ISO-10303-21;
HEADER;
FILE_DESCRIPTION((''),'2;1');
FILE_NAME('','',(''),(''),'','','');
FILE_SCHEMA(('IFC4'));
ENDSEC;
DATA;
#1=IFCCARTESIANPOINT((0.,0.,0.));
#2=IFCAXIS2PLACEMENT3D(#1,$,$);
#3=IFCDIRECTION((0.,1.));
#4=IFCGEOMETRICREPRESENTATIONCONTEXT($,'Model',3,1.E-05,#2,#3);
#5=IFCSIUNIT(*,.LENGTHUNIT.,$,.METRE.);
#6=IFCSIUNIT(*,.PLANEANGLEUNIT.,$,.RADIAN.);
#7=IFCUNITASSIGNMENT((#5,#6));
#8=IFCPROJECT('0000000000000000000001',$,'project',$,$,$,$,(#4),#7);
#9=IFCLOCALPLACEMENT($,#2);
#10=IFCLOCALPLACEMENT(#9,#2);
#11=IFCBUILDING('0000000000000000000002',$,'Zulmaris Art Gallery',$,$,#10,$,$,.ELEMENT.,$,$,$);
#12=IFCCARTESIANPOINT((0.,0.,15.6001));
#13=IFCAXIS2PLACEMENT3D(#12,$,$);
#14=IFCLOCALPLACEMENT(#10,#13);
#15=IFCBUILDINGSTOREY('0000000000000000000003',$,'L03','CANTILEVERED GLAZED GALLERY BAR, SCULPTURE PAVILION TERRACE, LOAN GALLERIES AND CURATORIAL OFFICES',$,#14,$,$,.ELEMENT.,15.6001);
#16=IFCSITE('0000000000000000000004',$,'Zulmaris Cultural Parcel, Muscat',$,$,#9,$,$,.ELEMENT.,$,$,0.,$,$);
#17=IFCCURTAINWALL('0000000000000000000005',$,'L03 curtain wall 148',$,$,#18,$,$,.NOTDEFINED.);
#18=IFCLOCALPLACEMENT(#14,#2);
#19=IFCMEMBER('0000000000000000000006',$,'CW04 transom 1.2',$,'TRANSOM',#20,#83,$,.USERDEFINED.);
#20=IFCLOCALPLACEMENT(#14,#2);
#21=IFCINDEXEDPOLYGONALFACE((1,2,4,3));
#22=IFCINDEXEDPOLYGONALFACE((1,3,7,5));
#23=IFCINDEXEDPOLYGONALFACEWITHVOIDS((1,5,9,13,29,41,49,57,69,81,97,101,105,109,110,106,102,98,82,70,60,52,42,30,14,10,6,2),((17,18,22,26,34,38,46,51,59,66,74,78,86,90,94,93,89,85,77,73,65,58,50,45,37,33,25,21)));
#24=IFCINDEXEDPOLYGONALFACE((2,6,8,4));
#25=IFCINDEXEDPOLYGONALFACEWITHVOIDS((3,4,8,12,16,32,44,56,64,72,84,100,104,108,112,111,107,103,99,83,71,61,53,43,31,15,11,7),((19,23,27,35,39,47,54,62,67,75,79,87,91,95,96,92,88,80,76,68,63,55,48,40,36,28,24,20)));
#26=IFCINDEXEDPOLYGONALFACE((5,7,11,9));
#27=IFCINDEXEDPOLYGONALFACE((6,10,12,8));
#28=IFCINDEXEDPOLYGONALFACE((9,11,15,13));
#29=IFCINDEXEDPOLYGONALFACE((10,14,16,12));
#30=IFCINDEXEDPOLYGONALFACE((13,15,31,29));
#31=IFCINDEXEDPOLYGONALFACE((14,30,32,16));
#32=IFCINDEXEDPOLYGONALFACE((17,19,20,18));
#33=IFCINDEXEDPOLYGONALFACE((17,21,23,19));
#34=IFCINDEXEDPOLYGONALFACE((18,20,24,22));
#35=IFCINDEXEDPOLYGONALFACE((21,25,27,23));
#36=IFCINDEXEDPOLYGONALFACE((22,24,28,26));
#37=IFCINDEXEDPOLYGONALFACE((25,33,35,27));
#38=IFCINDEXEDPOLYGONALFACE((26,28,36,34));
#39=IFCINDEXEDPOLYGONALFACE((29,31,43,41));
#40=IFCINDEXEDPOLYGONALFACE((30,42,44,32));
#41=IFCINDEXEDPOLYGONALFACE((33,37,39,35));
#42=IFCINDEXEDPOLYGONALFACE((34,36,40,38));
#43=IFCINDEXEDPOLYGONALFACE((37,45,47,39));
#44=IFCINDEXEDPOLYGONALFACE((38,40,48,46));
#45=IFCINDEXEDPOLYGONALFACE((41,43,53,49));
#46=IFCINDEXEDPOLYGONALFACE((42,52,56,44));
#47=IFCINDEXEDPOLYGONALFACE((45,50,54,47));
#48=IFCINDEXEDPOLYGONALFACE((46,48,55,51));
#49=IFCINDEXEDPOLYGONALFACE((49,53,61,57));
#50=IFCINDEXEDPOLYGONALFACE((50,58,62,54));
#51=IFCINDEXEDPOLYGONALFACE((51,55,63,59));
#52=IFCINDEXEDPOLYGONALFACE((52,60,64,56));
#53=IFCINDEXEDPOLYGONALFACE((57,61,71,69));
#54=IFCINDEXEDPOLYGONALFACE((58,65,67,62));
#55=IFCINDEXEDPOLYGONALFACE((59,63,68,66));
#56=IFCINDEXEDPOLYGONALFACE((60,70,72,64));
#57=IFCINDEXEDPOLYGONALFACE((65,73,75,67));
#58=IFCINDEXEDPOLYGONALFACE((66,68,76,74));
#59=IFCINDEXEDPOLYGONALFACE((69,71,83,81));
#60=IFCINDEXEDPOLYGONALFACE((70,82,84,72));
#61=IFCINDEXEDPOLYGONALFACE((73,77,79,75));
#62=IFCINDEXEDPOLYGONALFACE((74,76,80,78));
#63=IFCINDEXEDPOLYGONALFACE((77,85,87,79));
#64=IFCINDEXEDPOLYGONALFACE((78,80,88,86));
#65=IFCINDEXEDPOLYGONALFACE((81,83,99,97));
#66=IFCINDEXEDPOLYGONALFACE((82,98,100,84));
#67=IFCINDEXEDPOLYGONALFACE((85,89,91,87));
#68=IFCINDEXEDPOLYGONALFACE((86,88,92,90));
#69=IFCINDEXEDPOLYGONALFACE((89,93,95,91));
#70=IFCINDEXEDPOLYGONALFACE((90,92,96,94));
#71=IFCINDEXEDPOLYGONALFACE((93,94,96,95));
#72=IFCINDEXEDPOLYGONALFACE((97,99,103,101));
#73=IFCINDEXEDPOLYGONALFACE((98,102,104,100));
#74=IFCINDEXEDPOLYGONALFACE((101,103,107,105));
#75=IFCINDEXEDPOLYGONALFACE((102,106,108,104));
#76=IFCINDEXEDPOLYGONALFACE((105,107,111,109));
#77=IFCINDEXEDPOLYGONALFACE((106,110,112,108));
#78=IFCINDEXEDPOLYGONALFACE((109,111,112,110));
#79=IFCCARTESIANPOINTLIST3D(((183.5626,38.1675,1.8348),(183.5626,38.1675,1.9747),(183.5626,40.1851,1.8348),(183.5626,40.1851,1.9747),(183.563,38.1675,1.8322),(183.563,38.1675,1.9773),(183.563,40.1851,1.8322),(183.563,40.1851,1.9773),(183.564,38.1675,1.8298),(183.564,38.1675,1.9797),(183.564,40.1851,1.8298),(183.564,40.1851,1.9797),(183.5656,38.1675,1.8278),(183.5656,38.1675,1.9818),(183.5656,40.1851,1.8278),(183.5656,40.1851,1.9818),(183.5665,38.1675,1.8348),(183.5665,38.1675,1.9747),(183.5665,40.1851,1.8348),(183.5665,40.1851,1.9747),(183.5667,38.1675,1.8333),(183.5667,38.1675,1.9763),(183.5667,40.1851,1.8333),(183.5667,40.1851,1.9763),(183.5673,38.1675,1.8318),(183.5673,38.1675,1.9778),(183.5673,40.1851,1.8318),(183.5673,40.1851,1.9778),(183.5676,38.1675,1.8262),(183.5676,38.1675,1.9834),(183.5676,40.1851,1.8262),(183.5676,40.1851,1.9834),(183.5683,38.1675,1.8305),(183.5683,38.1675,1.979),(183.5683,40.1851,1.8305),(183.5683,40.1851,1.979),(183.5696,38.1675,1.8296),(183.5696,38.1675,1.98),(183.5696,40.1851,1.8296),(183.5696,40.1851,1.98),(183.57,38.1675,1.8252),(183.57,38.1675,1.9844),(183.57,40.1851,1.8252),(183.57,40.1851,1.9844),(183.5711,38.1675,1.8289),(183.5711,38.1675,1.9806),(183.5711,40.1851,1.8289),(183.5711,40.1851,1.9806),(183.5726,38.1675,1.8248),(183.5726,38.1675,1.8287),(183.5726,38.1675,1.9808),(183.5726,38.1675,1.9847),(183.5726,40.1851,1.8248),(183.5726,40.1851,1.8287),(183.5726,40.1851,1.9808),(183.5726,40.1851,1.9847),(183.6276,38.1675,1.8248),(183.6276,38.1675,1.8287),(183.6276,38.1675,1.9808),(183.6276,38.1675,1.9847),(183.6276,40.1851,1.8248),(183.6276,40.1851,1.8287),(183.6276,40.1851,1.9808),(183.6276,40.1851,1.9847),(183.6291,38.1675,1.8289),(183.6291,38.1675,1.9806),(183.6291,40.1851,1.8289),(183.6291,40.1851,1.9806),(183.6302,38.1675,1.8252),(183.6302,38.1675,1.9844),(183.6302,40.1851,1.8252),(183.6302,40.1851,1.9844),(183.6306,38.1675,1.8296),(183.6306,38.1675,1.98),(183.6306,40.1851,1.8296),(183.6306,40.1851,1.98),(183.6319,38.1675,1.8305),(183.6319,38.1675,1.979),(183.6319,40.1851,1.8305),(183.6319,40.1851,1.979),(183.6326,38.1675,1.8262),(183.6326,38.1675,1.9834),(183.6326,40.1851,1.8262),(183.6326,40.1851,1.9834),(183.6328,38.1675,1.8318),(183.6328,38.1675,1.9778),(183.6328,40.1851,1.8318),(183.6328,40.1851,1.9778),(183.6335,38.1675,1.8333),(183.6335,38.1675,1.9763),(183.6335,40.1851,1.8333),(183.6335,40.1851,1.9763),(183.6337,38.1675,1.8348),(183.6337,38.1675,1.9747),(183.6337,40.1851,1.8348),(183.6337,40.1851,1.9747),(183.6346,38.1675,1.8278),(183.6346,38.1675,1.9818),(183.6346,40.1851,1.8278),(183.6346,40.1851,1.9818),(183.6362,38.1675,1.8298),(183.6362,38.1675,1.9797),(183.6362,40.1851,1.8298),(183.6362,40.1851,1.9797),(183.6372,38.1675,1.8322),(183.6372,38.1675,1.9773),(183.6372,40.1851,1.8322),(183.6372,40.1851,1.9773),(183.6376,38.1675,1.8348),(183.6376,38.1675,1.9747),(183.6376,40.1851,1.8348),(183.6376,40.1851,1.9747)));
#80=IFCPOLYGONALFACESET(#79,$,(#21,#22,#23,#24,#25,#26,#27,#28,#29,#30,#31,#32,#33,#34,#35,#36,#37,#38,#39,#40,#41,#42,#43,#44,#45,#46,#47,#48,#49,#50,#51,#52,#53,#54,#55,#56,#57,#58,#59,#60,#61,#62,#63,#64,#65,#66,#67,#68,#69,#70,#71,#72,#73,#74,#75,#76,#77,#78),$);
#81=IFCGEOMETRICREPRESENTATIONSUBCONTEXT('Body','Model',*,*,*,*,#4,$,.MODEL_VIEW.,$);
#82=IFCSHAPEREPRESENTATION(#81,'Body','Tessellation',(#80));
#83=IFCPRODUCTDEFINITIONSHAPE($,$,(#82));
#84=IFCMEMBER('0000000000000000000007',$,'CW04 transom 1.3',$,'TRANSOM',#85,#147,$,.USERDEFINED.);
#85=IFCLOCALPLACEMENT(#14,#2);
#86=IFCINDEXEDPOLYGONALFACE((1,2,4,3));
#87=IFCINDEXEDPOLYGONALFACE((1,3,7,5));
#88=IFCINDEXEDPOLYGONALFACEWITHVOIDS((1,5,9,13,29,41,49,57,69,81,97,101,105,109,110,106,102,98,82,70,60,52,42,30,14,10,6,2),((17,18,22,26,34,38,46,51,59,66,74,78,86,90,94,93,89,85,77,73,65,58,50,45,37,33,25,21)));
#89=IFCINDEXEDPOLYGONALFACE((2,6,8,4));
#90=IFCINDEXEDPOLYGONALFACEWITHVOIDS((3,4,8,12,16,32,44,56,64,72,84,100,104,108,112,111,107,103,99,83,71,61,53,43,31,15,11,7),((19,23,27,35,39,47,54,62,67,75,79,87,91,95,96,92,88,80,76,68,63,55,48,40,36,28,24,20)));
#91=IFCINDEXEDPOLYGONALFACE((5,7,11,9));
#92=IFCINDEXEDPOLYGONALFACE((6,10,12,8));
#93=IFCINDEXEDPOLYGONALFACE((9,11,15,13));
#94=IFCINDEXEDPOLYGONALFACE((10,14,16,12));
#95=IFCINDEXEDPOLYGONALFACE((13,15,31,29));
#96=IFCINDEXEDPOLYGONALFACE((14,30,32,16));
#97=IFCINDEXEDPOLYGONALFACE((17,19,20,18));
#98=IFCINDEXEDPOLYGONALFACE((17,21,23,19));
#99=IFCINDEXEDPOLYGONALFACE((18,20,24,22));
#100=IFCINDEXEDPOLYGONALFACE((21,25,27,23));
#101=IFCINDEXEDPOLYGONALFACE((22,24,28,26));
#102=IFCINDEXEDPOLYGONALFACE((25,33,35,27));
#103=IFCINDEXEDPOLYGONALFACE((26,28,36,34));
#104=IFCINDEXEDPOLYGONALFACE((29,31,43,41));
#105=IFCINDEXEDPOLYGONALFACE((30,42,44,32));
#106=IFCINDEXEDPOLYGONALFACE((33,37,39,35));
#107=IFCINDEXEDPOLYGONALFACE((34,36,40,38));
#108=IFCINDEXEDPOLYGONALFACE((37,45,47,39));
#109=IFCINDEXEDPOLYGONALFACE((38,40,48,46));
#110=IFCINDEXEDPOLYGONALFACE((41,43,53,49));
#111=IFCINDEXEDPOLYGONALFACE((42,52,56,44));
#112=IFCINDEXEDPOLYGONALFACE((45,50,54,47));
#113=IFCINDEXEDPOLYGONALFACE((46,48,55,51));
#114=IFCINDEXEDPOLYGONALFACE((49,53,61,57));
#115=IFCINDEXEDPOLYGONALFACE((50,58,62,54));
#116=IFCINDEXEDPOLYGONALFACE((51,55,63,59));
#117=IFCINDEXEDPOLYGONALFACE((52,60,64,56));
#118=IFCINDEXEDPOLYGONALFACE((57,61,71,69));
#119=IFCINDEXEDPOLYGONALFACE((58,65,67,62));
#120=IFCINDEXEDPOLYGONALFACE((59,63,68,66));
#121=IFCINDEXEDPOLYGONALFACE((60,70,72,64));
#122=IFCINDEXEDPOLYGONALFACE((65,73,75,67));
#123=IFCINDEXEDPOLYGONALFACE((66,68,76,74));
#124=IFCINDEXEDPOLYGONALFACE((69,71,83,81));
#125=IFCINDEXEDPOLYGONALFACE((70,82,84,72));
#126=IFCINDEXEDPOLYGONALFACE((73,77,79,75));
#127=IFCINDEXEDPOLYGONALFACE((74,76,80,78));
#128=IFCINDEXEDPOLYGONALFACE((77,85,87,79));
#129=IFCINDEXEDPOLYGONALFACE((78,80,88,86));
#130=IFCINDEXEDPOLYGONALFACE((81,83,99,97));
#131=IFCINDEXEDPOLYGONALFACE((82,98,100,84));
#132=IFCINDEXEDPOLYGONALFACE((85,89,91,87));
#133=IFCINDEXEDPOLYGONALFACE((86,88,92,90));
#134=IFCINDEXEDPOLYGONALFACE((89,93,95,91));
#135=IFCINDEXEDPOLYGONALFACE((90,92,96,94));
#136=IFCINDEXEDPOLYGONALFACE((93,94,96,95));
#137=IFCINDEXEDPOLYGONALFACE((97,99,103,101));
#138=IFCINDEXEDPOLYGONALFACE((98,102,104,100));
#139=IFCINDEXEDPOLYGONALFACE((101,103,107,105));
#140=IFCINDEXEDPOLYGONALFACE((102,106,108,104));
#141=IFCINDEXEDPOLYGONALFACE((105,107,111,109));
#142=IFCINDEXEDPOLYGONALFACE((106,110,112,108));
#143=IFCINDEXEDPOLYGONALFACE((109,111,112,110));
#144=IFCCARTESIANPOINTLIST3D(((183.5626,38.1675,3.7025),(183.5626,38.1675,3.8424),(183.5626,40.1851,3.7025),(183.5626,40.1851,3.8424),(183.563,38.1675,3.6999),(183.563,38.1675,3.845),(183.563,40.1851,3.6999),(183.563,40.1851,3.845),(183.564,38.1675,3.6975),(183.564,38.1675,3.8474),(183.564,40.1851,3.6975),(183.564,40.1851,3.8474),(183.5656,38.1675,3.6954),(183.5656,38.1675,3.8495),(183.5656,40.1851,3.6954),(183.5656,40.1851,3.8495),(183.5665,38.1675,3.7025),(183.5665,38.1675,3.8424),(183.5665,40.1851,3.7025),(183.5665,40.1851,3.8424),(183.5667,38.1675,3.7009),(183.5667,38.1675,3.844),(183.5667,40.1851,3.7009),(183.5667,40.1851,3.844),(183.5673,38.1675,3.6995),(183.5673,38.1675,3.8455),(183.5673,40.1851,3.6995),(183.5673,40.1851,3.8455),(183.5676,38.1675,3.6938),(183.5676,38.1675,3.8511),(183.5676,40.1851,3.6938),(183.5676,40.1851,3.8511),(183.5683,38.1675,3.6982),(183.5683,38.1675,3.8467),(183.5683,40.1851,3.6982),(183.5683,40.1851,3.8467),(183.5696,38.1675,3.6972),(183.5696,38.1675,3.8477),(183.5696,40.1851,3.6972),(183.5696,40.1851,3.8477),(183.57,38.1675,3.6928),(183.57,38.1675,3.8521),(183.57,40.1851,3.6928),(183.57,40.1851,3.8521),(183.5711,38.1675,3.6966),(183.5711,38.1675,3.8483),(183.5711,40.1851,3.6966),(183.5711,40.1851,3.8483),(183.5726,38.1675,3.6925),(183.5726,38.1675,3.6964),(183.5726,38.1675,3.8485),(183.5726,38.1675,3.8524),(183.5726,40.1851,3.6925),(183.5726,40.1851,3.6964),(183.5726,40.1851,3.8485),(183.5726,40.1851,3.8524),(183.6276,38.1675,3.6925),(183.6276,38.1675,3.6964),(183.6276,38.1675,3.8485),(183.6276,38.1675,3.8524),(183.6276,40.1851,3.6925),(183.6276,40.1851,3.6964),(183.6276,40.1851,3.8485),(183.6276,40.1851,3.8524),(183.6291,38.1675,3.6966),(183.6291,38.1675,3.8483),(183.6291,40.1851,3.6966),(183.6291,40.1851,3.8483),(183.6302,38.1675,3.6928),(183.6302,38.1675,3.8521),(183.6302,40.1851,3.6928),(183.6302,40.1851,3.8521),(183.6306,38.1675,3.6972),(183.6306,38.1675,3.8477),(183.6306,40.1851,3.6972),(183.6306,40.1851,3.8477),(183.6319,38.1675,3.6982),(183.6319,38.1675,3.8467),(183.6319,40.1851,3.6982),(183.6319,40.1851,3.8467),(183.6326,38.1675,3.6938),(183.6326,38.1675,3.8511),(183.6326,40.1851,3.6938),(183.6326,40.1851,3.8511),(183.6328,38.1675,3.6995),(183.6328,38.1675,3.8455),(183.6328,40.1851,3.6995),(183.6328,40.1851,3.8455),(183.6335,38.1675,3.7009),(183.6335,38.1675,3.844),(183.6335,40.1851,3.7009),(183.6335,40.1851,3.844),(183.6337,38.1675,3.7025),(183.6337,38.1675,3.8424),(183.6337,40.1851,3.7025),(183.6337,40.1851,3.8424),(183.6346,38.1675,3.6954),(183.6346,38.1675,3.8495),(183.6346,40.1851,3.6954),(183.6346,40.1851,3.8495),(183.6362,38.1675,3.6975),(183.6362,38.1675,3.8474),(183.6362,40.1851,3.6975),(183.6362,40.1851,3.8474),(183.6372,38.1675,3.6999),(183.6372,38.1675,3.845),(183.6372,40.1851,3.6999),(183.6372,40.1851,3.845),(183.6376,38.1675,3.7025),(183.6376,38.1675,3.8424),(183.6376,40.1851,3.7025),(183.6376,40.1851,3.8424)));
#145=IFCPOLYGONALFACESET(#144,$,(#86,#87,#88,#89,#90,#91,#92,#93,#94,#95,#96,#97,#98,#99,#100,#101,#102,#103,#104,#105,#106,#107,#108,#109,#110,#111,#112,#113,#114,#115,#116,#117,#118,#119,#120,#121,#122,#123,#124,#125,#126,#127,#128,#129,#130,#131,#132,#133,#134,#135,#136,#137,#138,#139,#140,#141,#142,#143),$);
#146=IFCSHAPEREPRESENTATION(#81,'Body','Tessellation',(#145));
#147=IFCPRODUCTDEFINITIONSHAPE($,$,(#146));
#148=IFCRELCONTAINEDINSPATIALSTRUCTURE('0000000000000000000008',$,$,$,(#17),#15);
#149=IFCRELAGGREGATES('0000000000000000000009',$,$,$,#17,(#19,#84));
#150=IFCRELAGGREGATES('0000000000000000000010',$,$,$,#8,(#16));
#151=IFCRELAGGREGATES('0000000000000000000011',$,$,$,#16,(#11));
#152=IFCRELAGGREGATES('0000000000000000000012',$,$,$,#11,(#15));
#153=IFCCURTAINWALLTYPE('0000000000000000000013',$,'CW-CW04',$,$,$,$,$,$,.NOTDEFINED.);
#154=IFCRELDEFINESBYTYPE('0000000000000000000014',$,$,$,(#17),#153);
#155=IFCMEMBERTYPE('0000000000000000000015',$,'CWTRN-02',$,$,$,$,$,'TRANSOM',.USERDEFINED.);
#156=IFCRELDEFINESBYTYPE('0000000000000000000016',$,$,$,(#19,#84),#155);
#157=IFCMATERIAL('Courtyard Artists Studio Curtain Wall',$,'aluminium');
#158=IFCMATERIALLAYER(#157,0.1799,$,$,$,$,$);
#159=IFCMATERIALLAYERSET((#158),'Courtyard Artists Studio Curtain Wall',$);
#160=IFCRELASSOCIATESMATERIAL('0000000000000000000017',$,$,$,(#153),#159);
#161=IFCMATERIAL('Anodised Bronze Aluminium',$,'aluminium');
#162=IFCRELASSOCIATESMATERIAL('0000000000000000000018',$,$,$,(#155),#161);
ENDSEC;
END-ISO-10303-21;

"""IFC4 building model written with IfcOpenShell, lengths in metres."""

from ifc_helpers import new_model, si_unit, direction, frame, origin, origin_2d, place, context, subcontext, project, spatial, hollow_rectangle, extrude, material, layer, layer_set, material_profile, profile_set, type_object, element, aggregate, save


model = new_model("IFC4")

# Units and contexts
model_context = context("Model", 3, precision=1e-05, world=origin(), true_north=direction((0.0, 1.0)))
body_context = subcontext(model_context, "Body", "Model", "MODEL_VIEW")
ifc_project = project(units=[si_unit("LENGTHUNIT", "METRE"), si_unit("PLANEANGLEUNIT", "RADIAN")], contexts=[model_context])

# Site, building, storey
site_placement = place(None, origin())
site = spatial("IfcSite", under=ifc_project, at=site_placement, Name="Zulmaris Cultural Parcel, Muscat", CompositionType="ELEMENT", RefElevation=0.0)
building_placement = place(site_placement, origin())
building = spatial("IfcBuilding", under=site, at=building_placement, Name="Zulmaris Art Gallery", CompositionType="ELEMENT")
storey_placement = place(building_placement, frame((0.0, 0.0, 15.6001)))
storey = spatial("IfcBuildingStorey", under=building, at=storey_placement, Name="L03", Description="CANTILEVERED GLAZED GALLERY BAR, SCULPTURE PAVILION TERRACE, LOAN GALLERIES AND CURATORIAL OFFICES", CompositionType="ELEMENT", Elevation=15.6001)

# Curtain wall
ifc_material_1 = material(Name="Courtyard Artists Studio Curtain Wall", Category="aluminium")
ifc_layer_1 = layer(ifc_material_1, 0.1799)
ifc_layer_set_1 = layer_set([ifc_layer_1], Name="Courtyard Artists Studio Curtain Wall")
curtain_wall_type = type_object("IfcCurtainWallType", Name="CW-CW04", PredefinedType="NOTDEFINED", material=ifc_layer_set_1)
curtain_wall_1_placement = place(storey_placement, origin())
curtain_wall_1 = element("IfcCurtainWall", 1, at=curtain_wall_1_placement, inside=storey, type_object=curtain_wall_type, Name="L03 curtain wall 148", PredefinedType="NOTDEFINED")
ifc_material_2 = material(Name="Anodised Bronze Aluminium", Category="aluminium")

# Members
ifc_material_profile_1 = material_profile(ifc_material_2, hollow_rectangle(XDim=0.075, YDim=0.1599, WallThickness=0.0039, InnerFilletRadius=0.0061, OuterFilletRadius=0.01, at=origin_2d()), Name="ALU 75x160x4")
ifc_profile_set_1 = profile_set([ifc_material_profile_1], Name="Anodised Bronze Aluminium")
member_type_1 = type_object("IfcMemberType", Name="CWTRN-02", ElementType="TRANSOM", PredefinedType="USERDEFINED", material=ifc_profile_set_1)
member_1_placement = place(storey_placement, frame((183.6001, 40.1851, 1.9048), z_axis=(0.0, -1.0, 0.0), x_axis=(1.0, 0.0, 0.0)))
member_1 = element("IfcMember", 2, at=member_1_placement, type_object=member_type_1, Name="CW04 transom 1.2", ObjectType="TRANSOM", PredefinedType="USERDEFINED", context=body_context, shape_type="SweptSolid", body=[
    extrude(hollow_rectangle(XDim=0.075, YDim=0.1599, WallThickness=0.0039, InnerFilletRadius=0.0061, OuterFilletRadius=0.01, at=origin_2d()), origin(), (0.0, 0.0, 1.0), 2.0176),
])
member_2_placement = place(storey_placement, frame((183.6001, 40.1851, 3.7725), z_axis=(0.0, -1.0, 0.0), x_axis=(1.0, 0.0, 0.0)))
member_2 = element("IfcMember", 3, at=member_2_placement, type_object=member_type_1, Name="CW04 transom 1.3", ObjectType="TRANSOM", PredefinedType="USERDEFINED", context=body_context, shape_type="SweptSolid", body=[
    extrude(hollow_rectangle(XDim=0.075, YDim=0.1599, WallThickness=0.0039, InnerFilletRadius=0.0061, OuterFilletRadius=0.01, at=origin_2d()), origin(), (0.0, 0.0, 1.0), 2.0176),
])

aggregate(curtain_wall_1, [member_1, member_2])

save(model, "model.ifc")
